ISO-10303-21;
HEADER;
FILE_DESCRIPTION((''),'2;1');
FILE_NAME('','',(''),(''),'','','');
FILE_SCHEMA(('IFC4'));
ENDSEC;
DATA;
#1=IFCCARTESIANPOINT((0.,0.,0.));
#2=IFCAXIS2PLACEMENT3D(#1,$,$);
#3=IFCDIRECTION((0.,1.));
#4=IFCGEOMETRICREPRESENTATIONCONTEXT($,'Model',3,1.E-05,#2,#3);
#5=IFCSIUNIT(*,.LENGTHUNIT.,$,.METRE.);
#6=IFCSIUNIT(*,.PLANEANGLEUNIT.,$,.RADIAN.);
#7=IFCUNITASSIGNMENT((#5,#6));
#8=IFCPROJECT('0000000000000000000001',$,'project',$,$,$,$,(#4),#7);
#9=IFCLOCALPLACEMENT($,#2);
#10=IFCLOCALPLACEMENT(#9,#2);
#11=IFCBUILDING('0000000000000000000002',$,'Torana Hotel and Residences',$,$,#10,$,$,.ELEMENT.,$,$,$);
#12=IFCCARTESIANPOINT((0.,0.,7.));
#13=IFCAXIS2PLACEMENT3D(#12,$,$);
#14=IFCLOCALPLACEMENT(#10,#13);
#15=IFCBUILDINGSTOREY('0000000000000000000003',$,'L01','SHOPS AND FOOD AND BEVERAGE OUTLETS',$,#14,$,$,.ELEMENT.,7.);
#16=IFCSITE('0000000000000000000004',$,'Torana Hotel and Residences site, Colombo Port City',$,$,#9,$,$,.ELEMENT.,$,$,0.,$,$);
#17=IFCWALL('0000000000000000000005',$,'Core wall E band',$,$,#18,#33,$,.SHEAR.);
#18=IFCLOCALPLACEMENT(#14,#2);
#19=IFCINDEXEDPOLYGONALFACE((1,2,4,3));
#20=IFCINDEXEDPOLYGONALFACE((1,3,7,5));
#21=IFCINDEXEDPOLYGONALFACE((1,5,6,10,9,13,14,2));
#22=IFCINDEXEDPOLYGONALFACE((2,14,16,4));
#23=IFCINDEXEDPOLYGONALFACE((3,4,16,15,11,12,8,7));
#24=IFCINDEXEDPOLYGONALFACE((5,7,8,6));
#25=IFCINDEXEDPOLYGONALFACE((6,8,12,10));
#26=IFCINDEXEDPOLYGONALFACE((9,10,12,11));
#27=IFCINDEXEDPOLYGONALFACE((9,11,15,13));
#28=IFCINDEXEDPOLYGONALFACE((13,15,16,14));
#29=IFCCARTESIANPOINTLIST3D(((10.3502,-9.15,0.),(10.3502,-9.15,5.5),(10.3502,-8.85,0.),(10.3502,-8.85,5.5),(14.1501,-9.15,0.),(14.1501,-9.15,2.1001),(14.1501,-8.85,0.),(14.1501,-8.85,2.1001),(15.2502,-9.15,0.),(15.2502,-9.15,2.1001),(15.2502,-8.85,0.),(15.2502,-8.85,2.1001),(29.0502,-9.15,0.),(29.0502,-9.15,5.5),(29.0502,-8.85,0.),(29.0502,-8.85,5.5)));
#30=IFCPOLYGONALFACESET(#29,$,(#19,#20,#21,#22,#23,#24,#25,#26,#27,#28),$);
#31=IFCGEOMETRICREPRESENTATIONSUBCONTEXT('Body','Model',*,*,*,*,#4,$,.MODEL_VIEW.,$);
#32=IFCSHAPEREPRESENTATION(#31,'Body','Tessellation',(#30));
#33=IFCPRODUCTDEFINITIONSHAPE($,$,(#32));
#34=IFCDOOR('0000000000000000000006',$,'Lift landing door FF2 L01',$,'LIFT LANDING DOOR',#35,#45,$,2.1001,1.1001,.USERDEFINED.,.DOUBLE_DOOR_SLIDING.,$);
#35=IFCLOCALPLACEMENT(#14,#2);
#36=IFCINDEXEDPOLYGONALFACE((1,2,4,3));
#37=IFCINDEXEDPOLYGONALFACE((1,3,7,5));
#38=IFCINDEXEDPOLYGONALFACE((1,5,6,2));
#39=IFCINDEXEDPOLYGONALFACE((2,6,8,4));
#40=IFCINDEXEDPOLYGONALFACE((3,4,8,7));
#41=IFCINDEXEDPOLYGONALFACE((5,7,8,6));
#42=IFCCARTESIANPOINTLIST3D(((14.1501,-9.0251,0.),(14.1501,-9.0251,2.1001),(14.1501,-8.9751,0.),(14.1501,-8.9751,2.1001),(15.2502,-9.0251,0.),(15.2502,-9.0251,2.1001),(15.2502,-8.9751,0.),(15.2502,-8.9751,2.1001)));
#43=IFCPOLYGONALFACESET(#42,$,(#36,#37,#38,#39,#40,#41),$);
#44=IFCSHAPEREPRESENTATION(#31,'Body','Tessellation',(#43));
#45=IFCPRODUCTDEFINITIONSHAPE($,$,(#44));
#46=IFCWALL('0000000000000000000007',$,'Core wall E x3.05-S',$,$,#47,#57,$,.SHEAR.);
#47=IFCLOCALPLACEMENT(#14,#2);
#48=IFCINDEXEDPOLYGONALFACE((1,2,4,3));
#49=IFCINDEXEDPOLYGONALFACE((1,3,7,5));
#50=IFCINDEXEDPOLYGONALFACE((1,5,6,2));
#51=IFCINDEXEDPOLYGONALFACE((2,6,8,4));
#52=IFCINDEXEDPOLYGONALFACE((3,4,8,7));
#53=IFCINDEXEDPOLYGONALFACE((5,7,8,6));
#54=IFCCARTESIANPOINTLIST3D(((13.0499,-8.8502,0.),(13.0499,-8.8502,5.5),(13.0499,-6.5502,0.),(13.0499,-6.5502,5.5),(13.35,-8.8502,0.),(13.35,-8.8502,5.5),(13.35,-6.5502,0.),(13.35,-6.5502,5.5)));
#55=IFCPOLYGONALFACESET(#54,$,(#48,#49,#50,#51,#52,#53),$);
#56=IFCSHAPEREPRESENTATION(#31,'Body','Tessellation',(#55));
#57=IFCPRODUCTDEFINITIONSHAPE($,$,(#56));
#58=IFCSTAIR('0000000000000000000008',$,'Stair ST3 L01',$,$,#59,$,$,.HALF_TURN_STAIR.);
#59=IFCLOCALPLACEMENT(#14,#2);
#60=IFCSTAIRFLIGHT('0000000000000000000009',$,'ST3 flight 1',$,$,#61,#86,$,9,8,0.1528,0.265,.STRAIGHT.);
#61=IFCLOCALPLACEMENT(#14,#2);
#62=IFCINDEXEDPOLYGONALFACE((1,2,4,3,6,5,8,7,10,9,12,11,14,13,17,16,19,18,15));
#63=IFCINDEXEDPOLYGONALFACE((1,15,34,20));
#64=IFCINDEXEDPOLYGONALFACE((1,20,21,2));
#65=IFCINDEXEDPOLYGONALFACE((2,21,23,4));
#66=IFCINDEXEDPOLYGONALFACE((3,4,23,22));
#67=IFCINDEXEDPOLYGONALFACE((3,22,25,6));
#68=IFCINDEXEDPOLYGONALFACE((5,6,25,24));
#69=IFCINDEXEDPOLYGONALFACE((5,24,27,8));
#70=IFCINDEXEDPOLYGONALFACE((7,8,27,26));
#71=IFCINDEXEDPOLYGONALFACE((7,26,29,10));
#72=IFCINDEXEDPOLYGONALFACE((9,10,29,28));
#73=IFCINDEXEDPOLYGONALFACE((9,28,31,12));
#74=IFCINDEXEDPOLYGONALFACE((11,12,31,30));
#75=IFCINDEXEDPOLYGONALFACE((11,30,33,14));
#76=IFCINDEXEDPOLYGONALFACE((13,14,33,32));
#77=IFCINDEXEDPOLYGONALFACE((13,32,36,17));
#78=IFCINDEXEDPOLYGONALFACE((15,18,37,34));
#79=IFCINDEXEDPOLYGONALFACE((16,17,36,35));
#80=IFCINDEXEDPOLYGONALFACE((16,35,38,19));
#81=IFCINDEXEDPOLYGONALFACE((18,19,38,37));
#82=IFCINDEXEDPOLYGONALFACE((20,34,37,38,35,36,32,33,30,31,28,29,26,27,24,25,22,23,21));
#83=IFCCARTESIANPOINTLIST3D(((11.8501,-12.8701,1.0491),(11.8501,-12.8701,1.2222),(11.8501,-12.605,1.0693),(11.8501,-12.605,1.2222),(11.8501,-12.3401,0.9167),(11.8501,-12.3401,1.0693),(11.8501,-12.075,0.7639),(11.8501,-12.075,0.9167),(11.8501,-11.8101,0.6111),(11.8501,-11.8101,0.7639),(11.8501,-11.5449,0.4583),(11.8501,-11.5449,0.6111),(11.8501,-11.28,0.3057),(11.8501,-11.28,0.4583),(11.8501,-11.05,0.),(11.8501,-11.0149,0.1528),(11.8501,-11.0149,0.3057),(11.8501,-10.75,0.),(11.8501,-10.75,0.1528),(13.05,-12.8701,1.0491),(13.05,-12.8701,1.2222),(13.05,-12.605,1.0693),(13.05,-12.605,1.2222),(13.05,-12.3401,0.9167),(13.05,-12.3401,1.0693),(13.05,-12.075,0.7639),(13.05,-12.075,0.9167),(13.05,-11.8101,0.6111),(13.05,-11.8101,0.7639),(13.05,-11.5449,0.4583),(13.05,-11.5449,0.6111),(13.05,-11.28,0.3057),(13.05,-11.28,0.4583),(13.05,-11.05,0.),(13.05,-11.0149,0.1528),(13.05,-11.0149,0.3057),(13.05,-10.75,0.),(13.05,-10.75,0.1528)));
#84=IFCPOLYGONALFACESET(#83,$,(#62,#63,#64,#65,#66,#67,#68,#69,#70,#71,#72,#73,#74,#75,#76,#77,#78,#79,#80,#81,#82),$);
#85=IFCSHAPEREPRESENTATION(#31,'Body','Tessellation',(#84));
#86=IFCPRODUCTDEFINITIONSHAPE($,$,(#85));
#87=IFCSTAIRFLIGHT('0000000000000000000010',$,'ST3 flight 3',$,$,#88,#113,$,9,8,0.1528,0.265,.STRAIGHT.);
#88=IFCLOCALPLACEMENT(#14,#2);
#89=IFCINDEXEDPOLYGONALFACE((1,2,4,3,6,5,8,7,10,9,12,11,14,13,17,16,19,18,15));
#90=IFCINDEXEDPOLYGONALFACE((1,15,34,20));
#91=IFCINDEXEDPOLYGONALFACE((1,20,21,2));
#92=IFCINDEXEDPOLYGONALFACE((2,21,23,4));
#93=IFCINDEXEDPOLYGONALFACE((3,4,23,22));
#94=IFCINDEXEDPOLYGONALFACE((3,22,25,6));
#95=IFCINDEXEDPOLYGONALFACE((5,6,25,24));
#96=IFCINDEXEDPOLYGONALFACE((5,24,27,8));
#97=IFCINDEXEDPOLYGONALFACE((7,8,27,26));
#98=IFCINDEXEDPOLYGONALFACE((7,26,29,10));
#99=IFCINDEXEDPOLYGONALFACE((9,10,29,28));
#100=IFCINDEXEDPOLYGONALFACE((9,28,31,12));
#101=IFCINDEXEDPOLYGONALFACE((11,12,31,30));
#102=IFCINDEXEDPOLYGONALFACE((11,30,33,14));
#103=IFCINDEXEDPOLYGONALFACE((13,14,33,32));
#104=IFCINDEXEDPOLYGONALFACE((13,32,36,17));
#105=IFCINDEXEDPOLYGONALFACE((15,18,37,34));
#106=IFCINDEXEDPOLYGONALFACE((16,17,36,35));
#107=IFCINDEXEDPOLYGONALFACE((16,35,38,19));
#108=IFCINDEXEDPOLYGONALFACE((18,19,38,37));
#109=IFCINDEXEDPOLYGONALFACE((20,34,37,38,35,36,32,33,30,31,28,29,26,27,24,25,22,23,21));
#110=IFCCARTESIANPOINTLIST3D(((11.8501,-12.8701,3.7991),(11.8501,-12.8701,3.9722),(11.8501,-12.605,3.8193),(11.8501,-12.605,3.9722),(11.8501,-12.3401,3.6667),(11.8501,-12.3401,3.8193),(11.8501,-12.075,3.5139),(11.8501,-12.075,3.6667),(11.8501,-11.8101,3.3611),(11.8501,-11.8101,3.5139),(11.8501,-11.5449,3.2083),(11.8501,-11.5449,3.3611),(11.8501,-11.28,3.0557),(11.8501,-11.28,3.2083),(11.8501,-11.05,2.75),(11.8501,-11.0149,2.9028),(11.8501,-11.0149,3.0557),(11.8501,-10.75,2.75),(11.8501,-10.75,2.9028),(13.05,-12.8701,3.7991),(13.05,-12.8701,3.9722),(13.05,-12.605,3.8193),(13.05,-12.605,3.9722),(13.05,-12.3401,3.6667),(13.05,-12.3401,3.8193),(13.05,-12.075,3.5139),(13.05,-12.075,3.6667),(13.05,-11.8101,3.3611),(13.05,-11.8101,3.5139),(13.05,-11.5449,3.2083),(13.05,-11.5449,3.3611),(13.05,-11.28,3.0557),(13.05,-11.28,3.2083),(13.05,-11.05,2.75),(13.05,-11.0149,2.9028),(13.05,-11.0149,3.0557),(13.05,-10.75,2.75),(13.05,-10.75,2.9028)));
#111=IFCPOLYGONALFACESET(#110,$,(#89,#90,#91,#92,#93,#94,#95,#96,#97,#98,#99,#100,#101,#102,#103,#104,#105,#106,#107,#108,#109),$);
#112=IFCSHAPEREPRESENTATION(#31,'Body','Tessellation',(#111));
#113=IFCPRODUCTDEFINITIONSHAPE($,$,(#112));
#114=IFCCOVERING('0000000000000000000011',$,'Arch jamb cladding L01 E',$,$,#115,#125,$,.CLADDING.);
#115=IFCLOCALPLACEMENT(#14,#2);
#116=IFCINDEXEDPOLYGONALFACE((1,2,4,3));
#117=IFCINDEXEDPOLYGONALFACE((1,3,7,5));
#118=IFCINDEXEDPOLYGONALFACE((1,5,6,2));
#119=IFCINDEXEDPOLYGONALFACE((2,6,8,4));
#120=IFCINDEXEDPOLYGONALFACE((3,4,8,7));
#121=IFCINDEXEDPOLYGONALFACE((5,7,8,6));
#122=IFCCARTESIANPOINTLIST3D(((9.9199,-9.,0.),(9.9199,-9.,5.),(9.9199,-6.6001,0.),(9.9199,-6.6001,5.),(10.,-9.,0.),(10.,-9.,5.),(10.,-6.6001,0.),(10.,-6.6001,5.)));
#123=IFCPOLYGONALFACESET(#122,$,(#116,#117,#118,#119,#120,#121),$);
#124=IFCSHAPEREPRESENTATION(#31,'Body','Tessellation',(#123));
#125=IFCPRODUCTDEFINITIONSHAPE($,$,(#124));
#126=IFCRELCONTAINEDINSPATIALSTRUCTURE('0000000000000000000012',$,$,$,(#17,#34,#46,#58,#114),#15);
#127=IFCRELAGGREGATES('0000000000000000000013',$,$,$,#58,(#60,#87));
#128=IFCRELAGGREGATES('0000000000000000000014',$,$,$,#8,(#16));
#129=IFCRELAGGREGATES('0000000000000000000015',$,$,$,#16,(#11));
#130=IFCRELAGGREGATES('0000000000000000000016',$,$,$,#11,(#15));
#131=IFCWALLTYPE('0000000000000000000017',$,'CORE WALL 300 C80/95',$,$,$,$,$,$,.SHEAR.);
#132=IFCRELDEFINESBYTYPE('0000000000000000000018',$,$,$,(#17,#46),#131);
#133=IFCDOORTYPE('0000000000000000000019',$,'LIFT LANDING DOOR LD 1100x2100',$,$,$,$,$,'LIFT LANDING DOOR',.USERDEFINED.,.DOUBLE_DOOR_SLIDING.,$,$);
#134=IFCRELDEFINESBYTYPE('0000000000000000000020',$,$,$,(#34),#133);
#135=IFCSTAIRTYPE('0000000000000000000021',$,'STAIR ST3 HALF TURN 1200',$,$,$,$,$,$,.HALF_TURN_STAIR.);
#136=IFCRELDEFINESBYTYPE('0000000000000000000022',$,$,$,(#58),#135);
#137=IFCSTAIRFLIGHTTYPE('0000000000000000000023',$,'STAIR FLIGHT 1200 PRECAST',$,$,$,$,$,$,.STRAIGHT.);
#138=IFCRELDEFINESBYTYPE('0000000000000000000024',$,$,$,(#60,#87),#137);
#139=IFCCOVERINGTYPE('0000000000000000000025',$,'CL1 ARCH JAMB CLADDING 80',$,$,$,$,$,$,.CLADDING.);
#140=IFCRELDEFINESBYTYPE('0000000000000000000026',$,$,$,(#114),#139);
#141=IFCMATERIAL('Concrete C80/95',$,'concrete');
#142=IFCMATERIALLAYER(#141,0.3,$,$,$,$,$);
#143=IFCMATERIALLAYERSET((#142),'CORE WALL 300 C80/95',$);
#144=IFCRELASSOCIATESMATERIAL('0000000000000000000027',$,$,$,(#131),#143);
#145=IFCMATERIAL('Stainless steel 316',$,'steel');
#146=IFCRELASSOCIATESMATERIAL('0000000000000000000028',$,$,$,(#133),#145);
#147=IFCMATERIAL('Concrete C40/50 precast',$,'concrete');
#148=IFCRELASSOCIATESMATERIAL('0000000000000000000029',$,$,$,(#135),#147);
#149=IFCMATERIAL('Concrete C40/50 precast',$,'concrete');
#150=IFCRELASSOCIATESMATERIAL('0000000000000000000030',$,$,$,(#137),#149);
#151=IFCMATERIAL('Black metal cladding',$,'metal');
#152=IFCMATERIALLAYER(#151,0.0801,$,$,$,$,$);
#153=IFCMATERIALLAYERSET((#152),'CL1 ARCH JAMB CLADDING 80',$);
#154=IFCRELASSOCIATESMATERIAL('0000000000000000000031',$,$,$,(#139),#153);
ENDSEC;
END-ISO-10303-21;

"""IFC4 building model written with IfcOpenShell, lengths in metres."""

from ifc_helpers import new_model, si_unit, direction, frame, frame_2d, origin, place, context, subcontext, project, spatial, polyline, rectangle, outline, extrude, material, layer, layer_set, type_object, element, fill, aggregate, save


model = new_model("IFC4")

# Units and contexts
model_context = context("Model", 3, precision=1e-05, world=origin(), true_north=direction((0.0, 1.0)))
body_context = subcontext(model_context, "Body", "Model", "MODEL_VIEW")
ifc_project = project(units=[si_unit("LENGTHUNIT", "METRE"), si_unit("PLANEANGLEUNIT", "RADIAN")], contexts=[model_context])

# Site, building, storey
site_placement = place(None, origin())
site = spatial("IfcSite", under=ifc_project, at=site_placement, Name="Torana Hotel and Residences site, Colombo Port City", CompositionType="ELEMENT", RefElevation=0.0)
building_placement = place(site_placement, origin())
building = spatial("IfcBuilding", under=site, at=building_placement, Name="Torana Hotel and Residences", CompositionType="ELEMENT")
storey_placement = place(building_placement, frame((0.0, 0.0, 7.0)))
storey = spatial("IfcBuildingStorey", under=building, at=storey_placement, Name="L01", Description="SHOPS AND FOOD AND BEVERAGE OUTLETS", CompositionType="ELEMENT", Elevation=7.0)

# Wall, opening, door
ifc_material_1 = material(Name="Concrete C80/95", Category="concrete")
ifc_layer_1 = layer(ifc_material_1, 0.3)
ifc_layer_set_1 = layer_set([ifc_layer_1], Name="CORE WALL 300 C80/95")
wall_type = type_object("IfcWallType", Name="CORE WALL 300 C80/95", PredefinedType="SHEAR", material=ifc_layer_set_1)
wall_1_placement = place(storey_placement, frame((10.3501, -9.0, 0.0), z_axis=(0.0, 0.0, 1.0), x_axis=(1.0, 0.0, 0.0)))
wall_1 = element("IfcWall", 1, at=wall_1_placement, inside=storey, type_object=wall_type, Name="Core wall E band", PredefinedType="SHEAR", context=body_context, shape_type="SweptSolid", body=[
    extrude(rectangle(XDim=18.7, YDim=0.3, at=frame_2d((9.3501, 0.0))), origin(), (0.0, 0.0, 1.0), 5.5),
])
opening_placement = place(wall_1_placement, frame((3.8, 0.0, 0.0)))
opening = element("IfcOpeningElement", 2, at=opening_placement, cuts=wall_1, PredefinedType="OPENING", context=body_context, shape_type="SweptSolid", body=[
    extrude(rectangle(XDim=1.1001, YDim=2.1001, at=frame_2d((0.55, 1.05))), frame((0.0, 0.1599, 0.0), z_axis=(0.0, -1.0, 0.0), x_axis=(1.0, 0.0, 0.0)), (0.0, 0.0, 1.0), 0.3201),
])
ifc_material_2 = material(Name="Stainless steel 316", Category="steel")
door_type = type_object("IfcDoorType", Name="LIFT LANDING DOOR LD 1100x2100", ElementType="LIFT LANDING DOOR", OperationType="DOUBLE_DOOR_SLIDING", PredefinedType="USERDEFINED", material=ifc_material_2)
door_placement = place(opening_placement, origin())
door = element("IfcDoor", 3, at=door_placement, inside=storey, type_object=door_type, Name="Lift landing door FF2 L01", ObjectType="LIFT LANDING DOOR", OperationType="DOUBLE_DOOR_SLIDING", OverallHeight=2.1001, OverallWidth=1.1001, PredefinedType="USERDEFINED", context=body_context, shape_type="SweptSolid", body=[
    extrude(rectangle(XDim=1.1001, YDim=2.1001, at=frame_2d((0.55, 1.05))), frame((0.0, 0.0249, 0.0), z_axis=(0.0, -1.0, 0.0), x_axis=(1.0, 0.0, 0.0)), (0.0, 0.0, 1.0), 0.05),
])
fill(opening, door)

# Wall
wall_2_placement = place(storey_placement, frame((13.2, -8.8501, 0.0), z_axis=(0.0, 0.0, 1.0), x_axis=(0.0, 1.0, 0.0)))
element("IfcWall", 4, at=wall_2_placement, inside=storey, type_object=wall_type, Name="Core wall E x3.05-S", PredefinedType="SHEAR", context=body_context, shape_type="SweptSolid", body=[
    extrude(rectangle(XDim=2.3, YDim=0.3, at=frame_2d((1.1499, 0.0))), origin(), (0.0, 0.0, 1.0), 5.5),
])

# Stair, stair flights
ifc_material_3 = material(Name="Concrete C40/50 precast", Category="concrete")
stair_type = type_object("IfcStairType", Name="STAIR ST3 HALF TURN 1200", PredefinedType="HALF_TURN_STAIR", material=ifc_material_3)
stair_placement = place(storey_placement, origin())
stair = element("IfcStair", 5, at=stair_placement, inside=storey, type_object=stair_type, Name="Stair ST3 L01", PredefinedType="HALF_TURN_STAIR")
ifc_material_4 = material(Name="Concrete C40/50 precast", Category="concrete")
stair_flight_type = type_object("IfcStairFlightType", Name="STAIR FLIGHT 1200 PRECAST", PredefinedType="STRAIGHT", material=ifc_material_4)
stair_flight_1_placement = place(storey_placement, frame((12.45, -10.75, 0.0), z_axis=(0.0, 0.0, 1.0), x_axis=(0.0, -1.0, 0.0)))
stair_flight_1 = element("IfcStairFlight", 6, at=stair_flight_1_placement, type_object=stair_flight_type, Name="ST3 flight 1", NumberOfRisers=9, NumberOfTreads=8, PredefinedType="STRAIGHT", RiserHeight=0.1528, TreadLength=0.265, context=body_context, shape_type="SweptSolid", body=[
    extrude(outline(polyline([(0.0, 0.0), (0.0, 0.1528), (0.2649, 0.1528), (0.2649, 0.3057), (0.53, 0.3057), (0.53, 0.4583), (0.7949, 0.4583), (0.7949, 0.6111), (1.0601, 0.6111), (1.0601, 0.7639), (1.325, 0.7639), (1.325, 0.9167), (1.5901, 0.9167), (1.5901, 1.0693), (1.855, 1.0693), (1.855, 1.2222), (2.1201, 1.2222), (2.1201, 1.375), (2.1201, 1.0491), (0.3, 0.0), (0.0, 0.0)])), frame((0.0, 0.6001, 0.0), z_axis=(0.0, -1.0, 0.0), x_axis=(1.0, 0.0, 0.0)), (0.0, 0.0, 1.0), 1.2),
])
stair_flight_2_placement = place(storey_placement, frame((12.45, -10.75, 2.75), z_axis=(0.0, 0.0, 1.0), x_axis=(0.0, -1.0, 0.0)))
stair_flight_2 = element("IfcStairFlight", 7, at=stair_flight_2_placement, type_object=stair_flight_type, Name="ST3 flight 3", NumberOfRisers=9, NumberOfTreads=8, PredefinedType="STRAIGHT", RiserHeight=0.1528, TreadLength=0.265, context=body_context, shape_type="SweptSolid", body=[
    extrude(outline(polyline([(0.0, 0.0), (0.0, 0.1528), (0.2649, 0.1528), (0.2649, 0.3057), (0.53, 0.3057), (0.53, 0.4583), (0.7949, 0.4583), (0.7949, 0.6111), (1.0601, 0.6111), (1.0601, 0.7639), (1.325, 0.7639), (1.325, 0.9167), (1.5901, 0.9167), (1.5901, 1.0693), (1.855, 1.0693), (1.855, 1.2222), (2.1201, 1.2222), (2.1201, 1.375), (2.1201, 1.0491), (0.3, 0.0), (0.0, 0.0)])), frame((0.0, 0.6001, 0.0), z_axis=(0.0, -1.0, 0.0), x_axis=(1.0, 0.0, 0.0)), (0.0, 0.0, 1.0), 1.2),
])
aggregate(stair, [stair_flight_1, stair_flight_2])

# Covering
ifc_material_5 = material(Name="Black metal cladding", Category="metal")
ifc_layer_2 = layer(ifc_material_5, 0.0801)
ifc_layer_set_2 = layer_set([ifc_layer_2], Name="CL1 ARCH JAMB CLADDING 80")
covering_type = type_object("IfcCoveringType", Name="CL1 ARCH JAMB CLADDING 80", PredefinedType="CLADDING", material=ifc_layer_set_2)
covering_placement = place(storey_placement, frame((9.96, -9.0, 0.0), z_axis=(0.0, 0.0, 1.0), x_axis=(0.0, 1.0, 0.0)))
element("IfcCovering", 8, at=covering_placement, inside=storey, type_object=covering_type, Name="Arch jamb cladding L01 E", PredefinedType="CLADDING", context=body_context, shape_type="SweptSolid", body=[
    extrude(rectangle(XDim=2.3999, YDim=0.0801, at=frame_2d((1.2, 0.0))), origin(), (0.0, 0.0, 1.0), 5.0),
])

save(model, "model.ifc")
